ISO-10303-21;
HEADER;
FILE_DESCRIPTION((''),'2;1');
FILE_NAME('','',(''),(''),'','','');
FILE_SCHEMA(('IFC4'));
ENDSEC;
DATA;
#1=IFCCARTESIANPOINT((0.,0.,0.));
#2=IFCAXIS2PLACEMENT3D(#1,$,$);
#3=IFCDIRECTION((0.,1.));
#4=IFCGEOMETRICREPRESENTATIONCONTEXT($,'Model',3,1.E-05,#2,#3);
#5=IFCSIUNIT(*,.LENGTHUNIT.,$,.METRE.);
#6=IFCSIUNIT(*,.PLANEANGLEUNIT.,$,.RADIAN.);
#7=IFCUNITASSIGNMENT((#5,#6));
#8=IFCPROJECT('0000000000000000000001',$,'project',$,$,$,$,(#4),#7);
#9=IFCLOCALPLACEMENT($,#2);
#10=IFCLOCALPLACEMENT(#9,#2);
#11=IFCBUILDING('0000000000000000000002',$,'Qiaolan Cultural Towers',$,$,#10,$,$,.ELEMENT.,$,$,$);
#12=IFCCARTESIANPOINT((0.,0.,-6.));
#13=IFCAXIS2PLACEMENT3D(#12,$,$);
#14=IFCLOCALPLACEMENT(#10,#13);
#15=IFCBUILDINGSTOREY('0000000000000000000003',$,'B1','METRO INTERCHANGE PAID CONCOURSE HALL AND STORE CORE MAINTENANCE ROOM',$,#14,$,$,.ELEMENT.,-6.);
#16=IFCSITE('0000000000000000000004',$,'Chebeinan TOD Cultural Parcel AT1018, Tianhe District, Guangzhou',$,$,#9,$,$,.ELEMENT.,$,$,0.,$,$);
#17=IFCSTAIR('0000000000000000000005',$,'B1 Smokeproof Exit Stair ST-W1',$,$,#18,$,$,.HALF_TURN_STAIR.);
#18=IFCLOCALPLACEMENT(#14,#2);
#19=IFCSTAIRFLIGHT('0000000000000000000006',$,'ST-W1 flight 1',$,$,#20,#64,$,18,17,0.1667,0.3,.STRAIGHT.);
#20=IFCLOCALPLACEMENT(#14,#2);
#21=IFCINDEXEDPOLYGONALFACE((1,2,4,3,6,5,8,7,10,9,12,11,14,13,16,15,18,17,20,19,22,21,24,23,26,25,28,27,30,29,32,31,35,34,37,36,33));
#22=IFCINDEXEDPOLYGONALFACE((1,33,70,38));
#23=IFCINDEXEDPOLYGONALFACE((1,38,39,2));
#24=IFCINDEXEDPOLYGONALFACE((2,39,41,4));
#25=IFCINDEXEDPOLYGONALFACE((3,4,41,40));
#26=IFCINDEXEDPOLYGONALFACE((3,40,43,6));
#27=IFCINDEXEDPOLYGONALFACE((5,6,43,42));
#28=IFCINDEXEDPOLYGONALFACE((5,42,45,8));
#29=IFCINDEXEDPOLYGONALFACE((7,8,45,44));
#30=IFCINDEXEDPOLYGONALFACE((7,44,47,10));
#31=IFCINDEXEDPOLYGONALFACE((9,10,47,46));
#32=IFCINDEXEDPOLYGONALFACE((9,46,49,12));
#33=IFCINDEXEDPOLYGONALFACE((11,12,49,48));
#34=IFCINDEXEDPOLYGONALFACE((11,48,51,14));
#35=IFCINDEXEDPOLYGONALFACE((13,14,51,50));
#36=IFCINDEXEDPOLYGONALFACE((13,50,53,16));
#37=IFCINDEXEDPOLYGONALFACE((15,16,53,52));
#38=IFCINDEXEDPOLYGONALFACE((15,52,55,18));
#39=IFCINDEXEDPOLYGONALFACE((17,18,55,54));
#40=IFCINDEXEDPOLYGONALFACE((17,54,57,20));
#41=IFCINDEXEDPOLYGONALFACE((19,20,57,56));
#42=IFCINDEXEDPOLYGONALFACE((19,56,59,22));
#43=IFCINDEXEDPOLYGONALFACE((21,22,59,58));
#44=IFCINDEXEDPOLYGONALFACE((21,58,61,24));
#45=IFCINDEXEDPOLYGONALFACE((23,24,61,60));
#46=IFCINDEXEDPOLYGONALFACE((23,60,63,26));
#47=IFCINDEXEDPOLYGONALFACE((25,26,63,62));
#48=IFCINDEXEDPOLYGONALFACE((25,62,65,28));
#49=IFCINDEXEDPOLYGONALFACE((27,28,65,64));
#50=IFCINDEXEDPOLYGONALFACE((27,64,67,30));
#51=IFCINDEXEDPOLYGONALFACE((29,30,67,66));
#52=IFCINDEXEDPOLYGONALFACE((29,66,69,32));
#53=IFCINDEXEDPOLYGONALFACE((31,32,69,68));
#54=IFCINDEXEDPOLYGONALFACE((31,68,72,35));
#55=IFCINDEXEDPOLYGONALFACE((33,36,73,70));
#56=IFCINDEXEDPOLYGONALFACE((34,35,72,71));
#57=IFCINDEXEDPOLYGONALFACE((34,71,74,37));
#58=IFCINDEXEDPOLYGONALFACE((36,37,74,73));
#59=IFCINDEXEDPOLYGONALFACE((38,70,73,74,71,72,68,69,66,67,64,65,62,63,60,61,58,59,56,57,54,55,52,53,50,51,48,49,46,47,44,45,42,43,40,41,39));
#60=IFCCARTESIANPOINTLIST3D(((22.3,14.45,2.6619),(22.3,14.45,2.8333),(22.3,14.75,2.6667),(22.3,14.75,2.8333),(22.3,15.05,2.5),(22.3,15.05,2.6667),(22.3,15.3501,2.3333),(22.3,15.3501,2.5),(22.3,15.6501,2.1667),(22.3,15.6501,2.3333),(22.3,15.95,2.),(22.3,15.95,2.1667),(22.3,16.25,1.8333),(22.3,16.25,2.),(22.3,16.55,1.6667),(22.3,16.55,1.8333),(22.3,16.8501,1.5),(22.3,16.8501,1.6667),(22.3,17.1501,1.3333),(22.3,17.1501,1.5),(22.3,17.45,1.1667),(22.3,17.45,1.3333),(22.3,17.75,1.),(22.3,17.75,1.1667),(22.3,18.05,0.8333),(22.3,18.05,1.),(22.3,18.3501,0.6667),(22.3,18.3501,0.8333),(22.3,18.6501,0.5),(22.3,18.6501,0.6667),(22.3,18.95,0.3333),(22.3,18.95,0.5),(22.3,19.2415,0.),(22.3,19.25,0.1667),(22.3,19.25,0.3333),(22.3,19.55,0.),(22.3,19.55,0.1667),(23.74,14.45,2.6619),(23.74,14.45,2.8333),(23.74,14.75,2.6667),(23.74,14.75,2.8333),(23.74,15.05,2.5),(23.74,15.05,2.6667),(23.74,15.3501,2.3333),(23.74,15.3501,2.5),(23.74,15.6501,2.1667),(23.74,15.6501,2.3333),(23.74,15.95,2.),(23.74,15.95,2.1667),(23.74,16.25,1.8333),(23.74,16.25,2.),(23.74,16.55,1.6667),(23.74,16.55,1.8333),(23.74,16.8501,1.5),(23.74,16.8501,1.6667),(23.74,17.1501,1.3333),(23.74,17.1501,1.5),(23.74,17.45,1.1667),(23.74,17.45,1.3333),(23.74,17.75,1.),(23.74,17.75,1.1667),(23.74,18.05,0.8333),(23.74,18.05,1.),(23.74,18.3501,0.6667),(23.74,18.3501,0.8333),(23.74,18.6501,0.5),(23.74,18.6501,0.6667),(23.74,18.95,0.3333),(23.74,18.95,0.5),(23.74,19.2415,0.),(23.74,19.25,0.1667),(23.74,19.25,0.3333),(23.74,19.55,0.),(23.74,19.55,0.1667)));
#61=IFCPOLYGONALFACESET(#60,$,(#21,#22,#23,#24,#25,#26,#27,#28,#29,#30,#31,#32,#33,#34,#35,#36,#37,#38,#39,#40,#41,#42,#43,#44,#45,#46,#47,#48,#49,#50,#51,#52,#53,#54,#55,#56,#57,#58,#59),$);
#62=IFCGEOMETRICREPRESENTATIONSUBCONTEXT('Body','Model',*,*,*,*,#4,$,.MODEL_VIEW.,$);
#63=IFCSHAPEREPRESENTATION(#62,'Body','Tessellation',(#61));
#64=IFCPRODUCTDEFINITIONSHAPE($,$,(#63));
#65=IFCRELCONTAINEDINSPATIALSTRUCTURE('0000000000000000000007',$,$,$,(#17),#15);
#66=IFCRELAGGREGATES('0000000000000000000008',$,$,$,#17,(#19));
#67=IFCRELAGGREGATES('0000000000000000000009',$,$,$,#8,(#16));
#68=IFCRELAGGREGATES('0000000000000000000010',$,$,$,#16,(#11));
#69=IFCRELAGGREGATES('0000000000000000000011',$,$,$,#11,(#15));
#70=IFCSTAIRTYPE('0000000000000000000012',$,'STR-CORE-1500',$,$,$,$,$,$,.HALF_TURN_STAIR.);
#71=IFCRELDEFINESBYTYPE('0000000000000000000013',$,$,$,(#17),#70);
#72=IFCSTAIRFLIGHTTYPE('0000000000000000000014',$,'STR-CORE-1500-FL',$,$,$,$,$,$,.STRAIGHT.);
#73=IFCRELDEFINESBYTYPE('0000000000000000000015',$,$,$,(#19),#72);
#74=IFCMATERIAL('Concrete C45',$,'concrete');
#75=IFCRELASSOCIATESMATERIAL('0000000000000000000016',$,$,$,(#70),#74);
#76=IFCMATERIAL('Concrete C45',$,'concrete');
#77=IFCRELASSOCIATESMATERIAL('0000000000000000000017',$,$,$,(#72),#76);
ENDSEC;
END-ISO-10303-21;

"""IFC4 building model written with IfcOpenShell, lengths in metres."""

from ifc_helpers import new_model, si_unit, direction, frame, origin, place, context, subcontext, project, spatial, polyline, outline, extrude, material, type_object, element, aggregate, save


model = new_model("IFC4")

# Units and contexts
model_context = context("Model", 3, precision=1e-05, world=origin(), true_north=direction((0.0, 1.0)))
body_context = subcontext(model_context, "Body", "Model", "MODEL_VIEW")
ifc_project = project(units=[si_unit("LENGTHUNIT", "METRE"), si_unit("PLANEANGLEUNIT", "RADIAN")], contexts=[model_context])

# Site, building, storey
site_placement = place(None, origin())
site = spatial("IfcSite", under=ifc_project, at=site_placement, Name="Chebeinan TOD Cultural Parcel AT1018, Tianhe District, Guangzhou", CompositionType="ELEMENT", RefElevation=0.0)
building_placement = place(site_placement, origin())
building = spatial("IfcBuilding", under=site, at=building_placement, Name="Qiaolan Cultural Towers", CompositionType="ELEMENT")
storey_placement = place(building_placement, frame((0.0, 0.0, -6.0)))
storey = spatial("IfcBuildingStorey", under=building, at=storey_placement, Name="B1", Description="METRO INTERCHANGE PAID CONCOURSE HALL AND STORE CORE MAINTENANCE ROOM", CompositionType="ELEMENT", Elevation=-6.0)

# Stair
ifc_material_1 = material(Name="Concrete C45", Category="concrete")
stair_type_1 = type_object("IfcStairType", Name="STR-CORE-1500", PredefinedType="HALF_TURN_STAIR", material=ifc_material_1)
stair_1_placement = place(storey_placement, origin())
stair_1 = element("IfcStair", 1, at=stair_1_placement, inside=storey, type_object=stair_type_1, Name="B1 Smokeproof Exit Stair ST-W1", PredefinedType="HALF_TURN_STAIR")

# Stair flight
ifc_material_2 = material(Name="Concrete C45", Category="concrete")
stair_flight_type = type_object("IfcStairFlightType", Name="STR-CORE-1500-FL", PredefinedType="STRAIGHT", material=ifc_material_2)
stair_flight_placement = place(storey_placement, frame((23.02, 19.55, 0.0), z_axis=(0.0, 0.0, 1.0), x_axis=(0.0, -1.0, 0.0)))
stair_flight = element("IfcStairFlight", 2, at=stair_flight_placement, type_object=stair_flight_type, Name="ST-W1 flight 1", NumberOfRisers=18, NumberOfTreads=17, PredefinedType="STRAIGHT", RiserHeight=0.1667, TreadLength=0.3, context=body_context, shape_type="SweptSolid", body=[
    extrude(outline(polyline([(0.0, 0.0), (0.0, 0.1667), (0.3, 0.1667), (0.3, 0.3333), (0.6001, 0.3333), (0.6001, 0.5), (0.8999, 0.5), (0.8999, 0.6667), (1.2, 0.6667), (1.2, 0.8333), (1.5, 0.8333), (1.5, 1.0), (1.8, 1.0), (1.8, 1.1667), (2.1001, 1.1667), (2.1001, 1.3333), (2.3999, 1.3333), (2.3999, 1.5), (2.7, 1.5), (2.7, 1.6667), (3.0, 1.6667), (3.0, 1.8333), (3.3, 1.8333), (3.3, 2.0), (3.6001, 2.0), (3.6001, 2.1667), (3.8999, 2.1667), (3.8999, 2.3333), (4.2, 2.3333), (4.2, 2.5), (4.5, 2.5), (4.5, 2.6667), (4.8, 2.6667), (4.8, 2.8333), (5.1001, 2.8333), (5.1001, 3.0), (5.1001, 2.6619), (0.3086, 0.0), (0.0, 0.0)])), frame((0.0, 0.72, 0.0), z_axis=(0.0, -1.0, 0.0), x_axis=(1.0, 0.0, 0.0)), (0.0, 0.0, 1.0), 1.4399),
])
aggregate(stair_1, [stair_flight])

save(model, "model.ifc")
